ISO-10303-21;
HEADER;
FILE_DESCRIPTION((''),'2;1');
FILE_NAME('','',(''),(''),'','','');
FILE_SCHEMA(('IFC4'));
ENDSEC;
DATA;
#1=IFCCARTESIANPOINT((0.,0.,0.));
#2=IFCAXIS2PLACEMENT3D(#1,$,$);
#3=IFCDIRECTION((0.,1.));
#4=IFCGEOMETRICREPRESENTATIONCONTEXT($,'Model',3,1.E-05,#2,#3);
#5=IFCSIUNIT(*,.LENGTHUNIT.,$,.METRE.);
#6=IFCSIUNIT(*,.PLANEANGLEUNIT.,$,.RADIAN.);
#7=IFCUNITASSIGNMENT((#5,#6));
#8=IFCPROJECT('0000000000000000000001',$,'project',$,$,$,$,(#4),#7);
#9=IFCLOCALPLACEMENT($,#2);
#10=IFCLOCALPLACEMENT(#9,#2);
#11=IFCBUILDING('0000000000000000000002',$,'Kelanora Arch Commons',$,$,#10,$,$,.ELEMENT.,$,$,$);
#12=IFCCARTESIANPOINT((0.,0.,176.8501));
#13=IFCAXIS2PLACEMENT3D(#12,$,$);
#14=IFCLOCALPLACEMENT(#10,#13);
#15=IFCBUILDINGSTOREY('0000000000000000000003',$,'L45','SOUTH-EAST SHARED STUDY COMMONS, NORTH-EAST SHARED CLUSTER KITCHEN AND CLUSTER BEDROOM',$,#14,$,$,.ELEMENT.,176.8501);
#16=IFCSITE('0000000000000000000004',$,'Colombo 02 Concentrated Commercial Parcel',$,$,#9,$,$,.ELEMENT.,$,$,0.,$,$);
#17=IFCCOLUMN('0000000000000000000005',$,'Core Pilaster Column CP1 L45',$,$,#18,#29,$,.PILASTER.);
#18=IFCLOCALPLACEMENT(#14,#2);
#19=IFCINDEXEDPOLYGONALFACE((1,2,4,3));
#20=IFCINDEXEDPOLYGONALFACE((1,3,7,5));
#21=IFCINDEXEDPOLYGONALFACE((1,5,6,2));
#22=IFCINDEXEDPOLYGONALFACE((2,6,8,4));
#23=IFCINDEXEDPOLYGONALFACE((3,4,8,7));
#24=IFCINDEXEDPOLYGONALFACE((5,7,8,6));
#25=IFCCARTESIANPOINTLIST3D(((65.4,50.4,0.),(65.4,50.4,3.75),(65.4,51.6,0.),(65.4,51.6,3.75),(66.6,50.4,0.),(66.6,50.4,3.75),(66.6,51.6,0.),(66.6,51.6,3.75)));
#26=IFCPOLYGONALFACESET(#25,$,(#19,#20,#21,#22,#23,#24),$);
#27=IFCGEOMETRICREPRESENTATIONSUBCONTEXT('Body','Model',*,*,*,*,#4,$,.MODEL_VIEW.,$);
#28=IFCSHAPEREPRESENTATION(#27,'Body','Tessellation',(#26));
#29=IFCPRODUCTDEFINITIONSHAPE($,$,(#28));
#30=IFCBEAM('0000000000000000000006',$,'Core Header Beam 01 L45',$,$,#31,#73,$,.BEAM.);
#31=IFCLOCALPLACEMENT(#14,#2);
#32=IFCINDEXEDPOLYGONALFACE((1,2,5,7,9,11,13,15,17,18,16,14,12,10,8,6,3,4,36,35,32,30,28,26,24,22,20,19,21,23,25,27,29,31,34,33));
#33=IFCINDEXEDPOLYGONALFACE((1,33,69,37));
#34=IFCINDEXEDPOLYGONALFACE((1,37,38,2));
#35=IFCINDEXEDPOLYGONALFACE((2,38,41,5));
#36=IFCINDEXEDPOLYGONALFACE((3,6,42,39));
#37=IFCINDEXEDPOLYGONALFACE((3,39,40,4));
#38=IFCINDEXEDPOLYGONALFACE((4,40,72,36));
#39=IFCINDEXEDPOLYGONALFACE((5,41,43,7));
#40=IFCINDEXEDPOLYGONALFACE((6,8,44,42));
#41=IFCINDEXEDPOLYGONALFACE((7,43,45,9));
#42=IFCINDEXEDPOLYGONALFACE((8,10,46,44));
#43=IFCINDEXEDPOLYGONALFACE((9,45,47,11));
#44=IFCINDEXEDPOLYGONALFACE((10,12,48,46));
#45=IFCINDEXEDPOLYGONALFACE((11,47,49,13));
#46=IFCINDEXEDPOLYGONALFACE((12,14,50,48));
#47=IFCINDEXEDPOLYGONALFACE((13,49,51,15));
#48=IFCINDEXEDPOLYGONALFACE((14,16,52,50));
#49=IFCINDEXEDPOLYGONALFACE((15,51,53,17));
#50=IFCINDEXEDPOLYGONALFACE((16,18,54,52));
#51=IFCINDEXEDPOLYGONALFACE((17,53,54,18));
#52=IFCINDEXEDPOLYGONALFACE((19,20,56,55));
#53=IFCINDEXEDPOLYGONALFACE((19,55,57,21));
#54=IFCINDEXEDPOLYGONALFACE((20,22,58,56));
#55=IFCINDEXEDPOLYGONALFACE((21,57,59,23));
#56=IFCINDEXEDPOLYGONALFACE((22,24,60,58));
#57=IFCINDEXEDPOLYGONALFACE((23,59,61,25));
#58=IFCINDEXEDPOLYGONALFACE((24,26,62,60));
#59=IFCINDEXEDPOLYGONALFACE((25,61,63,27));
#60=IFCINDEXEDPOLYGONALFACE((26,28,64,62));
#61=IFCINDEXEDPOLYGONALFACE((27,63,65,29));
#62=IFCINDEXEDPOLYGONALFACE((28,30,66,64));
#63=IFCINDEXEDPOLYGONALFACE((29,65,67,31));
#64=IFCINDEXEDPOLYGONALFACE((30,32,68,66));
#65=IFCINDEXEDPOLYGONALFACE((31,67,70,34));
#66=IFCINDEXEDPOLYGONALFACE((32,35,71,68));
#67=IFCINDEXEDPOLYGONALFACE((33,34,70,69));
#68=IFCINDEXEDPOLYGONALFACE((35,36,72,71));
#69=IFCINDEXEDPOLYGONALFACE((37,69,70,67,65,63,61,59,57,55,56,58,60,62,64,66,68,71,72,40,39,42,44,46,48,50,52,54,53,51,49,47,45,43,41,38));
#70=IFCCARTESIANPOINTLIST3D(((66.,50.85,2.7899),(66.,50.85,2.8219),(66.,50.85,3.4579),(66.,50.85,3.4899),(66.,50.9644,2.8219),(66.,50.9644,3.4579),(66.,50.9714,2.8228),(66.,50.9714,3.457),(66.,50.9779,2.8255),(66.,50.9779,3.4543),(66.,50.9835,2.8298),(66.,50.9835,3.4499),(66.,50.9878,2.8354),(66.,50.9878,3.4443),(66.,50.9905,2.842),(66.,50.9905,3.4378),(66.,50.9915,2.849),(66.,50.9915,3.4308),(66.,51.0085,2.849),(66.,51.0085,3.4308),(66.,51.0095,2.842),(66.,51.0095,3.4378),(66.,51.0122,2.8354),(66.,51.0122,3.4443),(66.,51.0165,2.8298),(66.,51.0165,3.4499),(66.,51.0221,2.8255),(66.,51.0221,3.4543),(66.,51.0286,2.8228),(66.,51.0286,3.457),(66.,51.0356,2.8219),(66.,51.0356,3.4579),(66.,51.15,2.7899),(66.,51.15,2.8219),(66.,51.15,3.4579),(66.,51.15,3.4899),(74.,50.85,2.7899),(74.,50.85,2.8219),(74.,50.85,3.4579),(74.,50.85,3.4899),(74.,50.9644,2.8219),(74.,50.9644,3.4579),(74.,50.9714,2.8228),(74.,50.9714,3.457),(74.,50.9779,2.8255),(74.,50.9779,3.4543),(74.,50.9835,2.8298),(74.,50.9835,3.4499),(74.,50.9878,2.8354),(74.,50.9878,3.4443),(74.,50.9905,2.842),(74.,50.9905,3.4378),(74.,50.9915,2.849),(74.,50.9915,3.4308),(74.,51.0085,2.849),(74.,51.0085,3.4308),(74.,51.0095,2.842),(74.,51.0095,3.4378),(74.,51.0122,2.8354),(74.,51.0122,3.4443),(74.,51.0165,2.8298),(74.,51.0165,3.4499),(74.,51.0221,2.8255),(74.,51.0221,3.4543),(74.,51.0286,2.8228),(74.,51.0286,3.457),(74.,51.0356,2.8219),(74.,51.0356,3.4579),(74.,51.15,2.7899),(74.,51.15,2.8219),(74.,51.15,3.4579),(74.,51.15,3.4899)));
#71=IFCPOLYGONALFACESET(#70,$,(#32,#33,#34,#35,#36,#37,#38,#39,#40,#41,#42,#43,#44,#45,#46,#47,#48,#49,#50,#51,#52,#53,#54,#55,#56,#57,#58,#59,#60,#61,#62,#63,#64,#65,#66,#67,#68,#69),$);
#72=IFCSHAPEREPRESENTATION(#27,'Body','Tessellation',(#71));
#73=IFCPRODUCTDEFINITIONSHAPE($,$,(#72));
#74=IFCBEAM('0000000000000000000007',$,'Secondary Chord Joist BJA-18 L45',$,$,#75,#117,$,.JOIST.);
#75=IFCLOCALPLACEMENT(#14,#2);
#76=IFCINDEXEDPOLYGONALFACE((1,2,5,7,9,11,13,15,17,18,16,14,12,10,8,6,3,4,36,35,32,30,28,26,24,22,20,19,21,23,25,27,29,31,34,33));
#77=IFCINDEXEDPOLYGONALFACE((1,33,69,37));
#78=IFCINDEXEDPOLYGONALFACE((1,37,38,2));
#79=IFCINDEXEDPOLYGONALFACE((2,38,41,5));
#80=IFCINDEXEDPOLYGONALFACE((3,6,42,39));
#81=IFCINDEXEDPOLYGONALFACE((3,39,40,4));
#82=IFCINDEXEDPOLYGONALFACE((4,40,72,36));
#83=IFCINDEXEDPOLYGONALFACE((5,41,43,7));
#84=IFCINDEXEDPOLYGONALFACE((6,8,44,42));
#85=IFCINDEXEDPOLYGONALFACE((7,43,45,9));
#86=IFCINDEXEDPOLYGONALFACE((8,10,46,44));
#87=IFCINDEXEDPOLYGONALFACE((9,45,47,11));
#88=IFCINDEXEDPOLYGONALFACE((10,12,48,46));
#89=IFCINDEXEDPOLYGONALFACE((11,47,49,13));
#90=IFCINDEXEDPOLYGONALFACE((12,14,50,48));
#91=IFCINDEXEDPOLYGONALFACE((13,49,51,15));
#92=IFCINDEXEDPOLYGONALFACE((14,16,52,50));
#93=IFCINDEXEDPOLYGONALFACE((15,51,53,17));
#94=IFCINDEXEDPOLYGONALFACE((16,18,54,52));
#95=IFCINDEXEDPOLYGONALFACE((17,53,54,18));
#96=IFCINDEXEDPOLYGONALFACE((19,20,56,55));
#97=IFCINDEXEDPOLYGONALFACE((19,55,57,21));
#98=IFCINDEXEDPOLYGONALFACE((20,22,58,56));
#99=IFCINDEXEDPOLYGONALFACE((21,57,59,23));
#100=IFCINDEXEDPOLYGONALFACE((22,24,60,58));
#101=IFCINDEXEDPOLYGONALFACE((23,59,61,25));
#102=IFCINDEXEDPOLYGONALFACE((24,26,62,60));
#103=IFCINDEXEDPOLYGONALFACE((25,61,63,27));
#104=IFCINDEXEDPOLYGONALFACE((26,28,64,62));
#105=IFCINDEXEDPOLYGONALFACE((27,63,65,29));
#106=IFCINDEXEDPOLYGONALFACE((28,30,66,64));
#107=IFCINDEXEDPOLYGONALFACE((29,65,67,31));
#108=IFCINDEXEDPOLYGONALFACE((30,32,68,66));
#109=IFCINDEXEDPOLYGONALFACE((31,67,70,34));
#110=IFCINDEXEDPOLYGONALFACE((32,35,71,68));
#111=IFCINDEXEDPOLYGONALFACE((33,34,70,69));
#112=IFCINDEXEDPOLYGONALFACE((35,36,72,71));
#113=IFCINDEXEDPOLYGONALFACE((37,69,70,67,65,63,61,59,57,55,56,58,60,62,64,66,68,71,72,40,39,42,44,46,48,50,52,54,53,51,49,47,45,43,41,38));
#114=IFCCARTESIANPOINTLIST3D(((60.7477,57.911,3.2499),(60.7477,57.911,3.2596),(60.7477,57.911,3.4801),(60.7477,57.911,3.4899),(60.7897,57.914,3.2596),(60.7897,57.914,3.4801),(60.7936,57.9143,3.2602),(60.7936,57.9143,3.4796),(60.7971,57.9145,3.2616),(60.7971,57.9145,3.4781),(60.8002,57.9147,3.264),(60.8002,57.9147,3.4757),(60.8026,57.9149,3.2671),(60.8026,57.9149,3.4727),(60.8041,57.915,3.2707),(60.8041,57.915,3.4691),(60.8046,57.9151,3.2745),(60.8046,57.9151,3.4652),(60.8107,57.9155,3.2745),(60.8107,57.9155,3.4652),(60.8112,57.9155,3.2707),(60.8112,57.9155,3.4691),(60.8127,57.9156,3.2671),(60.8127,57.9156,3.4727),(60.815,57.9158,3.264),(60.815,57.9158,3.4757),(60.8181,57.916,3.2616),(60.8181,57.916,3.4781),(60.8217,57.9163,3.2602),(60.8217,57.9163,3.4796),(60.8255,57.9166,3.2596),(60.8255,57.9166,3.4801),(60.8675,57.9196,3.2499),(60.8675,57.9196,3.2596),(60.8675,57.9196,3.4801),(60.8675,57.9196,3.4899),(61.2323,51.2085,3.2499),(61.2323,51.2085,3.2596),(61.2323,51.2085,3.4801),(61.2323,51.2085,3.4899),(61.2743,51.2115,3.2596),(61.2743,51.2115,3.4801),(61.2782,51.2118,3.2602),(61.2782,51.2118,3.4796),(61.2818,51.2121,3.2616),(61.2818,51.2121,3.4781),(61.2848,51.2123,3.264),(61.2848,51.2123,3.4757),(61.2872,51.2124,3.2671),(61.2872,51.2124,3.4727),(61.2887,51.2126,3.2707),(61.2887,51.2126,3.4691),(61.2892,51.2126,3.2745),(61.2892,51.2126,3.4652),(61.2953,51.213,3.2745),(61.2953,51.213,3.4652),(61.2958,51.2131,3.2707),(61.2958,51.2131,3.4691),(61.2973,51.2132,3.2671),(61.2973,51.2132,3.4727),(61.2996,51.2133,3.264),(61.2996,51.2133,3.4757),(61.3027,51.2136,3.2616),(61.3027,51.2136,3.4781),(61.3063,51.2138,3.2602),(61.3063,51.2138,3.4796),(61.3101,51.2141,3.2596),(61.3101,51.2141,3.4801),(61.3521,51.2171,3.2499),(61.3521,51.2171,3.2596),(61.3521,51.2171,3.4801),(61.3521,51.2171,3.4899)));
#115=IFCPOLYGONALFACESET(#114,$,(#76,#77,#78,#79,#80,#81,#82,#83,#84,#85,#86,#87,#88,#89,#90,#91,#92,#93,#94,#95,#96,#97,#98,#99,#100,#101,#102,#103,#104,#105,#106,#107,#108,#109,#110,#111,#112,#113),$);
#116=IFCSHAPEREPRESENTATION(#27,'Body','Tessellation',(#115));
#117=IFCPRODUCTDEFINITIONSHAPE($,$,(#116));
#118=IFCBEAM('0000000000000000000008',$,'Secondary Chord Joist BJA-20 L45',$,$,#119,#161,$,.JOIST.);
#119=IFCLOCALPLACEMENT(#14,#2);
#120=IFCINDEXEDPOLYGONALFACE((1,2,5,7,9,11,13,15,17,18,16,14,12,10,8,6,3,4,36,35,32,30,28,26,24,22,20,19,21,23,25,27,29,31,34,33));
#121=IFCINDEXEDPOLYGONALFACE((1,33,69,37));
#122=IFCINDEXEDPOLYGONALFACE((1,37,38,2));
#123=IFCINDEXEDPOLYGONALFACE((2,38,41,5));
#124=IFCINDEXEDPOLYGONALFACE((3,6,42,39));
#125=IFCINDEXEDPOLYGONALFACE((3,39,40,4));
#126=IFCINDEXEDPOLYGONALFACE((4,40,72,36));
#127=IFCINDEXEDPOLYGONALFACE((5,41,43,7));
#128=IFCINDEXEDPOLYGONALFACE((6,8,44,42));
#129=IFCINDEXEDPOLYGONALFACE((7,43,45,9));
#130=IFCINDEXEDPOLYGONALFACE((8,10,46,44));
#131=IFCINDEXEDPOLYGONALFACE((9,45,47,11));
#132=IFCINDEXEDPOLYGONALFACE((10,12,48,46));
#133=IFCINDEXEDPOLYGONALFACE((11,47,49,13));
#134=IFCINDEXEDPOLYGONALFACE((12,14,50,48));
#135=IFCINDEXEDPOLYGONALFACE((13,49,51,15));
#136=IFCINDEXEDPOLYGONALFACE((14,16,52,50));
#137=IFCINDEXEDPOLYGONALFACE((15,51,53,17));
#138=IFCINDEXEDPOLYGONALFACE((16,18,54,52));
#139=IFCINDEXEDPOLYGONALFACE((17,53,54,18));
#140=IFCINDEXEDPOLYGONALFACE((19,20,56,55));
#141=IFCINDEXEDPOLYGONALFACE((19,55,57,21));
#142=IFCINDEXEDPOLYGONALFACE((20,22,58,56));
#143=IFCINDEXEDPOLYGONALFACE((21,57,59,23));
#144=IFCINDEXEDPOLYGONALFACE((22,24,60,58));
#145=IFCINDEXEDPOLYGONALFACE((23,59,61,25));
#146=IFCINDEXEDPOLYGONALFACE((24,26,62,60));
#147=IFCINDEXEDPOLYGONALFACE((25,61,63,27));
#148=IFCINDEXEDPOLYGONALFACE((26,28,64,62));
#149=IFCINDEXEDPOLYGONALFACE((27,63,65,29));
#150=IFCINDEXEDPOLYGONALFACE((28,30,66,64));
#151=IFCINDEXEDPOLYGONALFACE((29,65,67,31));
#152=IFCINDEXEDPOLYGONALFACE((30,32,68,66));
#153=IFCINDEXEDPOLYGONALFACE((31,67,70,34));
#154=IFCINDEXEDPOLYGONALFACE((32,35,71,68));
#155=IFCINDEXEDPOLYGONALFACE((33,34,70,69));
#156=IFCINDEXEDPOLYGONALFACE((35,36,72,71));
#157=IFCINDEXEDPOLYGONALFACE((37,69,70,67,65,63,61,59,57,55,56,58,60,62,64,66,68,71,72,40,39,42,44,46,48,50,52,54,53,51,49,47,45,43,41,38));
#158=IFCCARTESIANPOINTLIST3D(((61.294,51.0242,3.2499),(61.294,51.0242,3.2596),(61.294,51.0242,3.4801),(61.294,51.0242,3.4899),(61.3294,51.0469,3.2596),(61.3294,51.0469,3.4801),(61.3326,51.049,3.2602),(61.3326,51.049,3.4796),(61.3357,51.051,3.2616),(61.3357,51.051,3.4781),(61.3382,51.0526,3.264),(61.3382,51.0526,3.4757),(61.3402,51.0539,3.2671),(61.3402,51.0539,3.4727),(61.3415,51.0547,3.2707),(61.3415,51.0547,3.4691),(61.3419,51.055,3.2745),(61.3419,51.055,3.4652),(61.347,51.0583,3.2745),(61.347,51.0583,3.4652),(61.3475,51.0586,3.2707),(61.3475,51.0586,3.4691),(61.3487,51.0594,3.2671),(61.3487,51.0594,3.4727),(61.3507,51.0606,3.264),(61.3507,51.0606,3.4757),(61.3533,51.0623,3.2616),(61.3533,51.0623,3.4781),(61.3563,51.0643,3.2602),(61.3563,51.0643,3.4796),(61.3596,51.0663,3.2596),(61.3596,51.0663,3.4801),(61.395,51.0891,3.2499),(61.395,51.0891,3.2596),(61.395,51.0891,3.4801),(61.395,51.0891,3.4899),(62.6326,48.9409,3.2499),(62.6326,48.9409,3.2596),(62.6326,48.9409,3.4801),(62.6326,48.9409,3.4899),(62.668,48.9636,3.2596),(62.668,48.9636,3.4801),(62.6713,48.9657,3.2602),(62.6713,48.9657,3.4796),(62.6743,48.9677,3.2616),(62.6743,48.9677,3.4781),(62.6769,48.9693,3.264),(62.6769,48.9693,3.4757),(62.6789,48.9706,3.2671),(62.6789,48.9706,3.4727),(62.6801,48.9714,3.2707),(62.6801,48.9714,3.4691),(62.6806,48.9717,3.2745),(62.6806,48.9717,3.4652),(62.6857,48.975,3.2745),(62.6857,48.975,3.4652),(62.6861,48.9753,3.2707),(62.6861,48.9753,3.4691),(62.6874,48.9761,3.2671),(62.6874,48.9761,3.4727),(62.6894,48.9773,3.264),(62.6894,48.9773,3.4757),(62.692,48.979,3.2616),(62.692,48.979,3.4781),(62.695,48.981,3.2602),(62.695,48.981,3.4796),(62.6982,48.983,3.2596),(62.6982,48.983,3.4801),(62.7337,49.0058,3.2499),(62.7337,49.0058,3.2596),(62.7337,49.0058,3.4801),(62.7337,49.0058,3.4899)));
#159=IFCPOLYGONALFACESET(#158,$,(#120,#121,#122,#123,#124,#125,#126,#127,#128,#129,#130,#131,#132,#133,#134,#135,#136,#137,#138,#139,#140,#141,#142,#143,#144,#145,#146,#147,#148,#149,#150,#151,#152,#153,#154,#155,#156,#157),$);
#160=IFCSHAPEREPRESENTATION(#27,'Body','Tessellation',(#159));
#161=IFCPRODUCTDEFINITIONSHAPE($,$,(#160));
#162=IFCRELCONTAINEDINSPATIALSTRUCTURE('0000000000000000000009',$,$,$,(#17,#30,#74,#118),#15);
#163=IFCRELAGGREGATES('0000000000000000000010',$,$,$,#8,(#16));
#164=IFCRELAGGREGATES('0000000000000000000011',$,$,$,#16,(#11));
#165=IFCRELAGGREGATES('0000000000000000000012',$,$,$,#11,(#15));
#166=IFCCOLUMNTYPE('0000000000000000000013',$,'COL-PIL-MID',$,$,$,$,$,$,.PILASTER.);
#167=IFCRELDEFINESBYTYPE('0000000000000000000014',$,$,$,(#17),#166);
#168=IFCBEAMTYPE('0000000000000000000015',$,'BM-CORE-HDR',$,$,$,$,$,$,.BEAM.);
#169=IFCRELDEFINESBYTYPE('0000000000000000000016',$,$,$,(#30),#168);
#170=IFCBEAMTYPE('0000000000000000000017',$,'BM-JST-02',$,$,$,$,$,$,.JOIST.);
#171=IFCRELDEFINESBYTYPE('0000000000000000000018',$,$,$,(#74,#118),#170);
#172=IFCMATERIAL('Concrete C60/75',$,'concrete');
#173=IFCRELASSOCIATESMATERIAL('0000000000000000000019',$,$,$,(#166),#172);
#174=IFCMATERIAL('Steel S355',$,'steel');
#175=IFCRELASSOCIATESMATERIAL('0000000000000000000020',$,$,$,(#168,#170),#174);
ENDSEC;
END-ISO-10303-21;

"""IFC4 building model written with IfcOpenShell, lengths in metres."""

from ifc_helpers import new_model, si_unit, direction, frame, origin, origin_2d, place, context, subcontext, project, spatial, rectangle, i_section, extrude, material, material_profile, profile_set, type_object, element, save


model = new_model("IFC4")

# Units and contexts
model_context = context("Model", 3, precision=1e-05, world=origin(), true_north=direction((0.0, 1.0)))
body_context = subcontext(model_context, "Body", "Model", "MODEL_VIEW")
ifc_project = project(units=[si_unit("LENGTHUNIT", "METRE"), si_unit("PLANEANGLEUNIT", "RADIAN")], contexts=[model_context])

# Site, building, storey
site_placement = place(None, origin())
site = spatial("IfcSite", under=ifc_project, at=site_placement, Name="Colombo 02 Concentrated Commercial Parcel", CompositionType="ELEMENT", RefElevation=0.0)
building_placement = place(site_placement, origin())
building = spatial("IfcBuilding", under=site, at=building_placement, Name="Kelanora Arch Commons", CompositionType="ELEMENT")
storey_placement = place(building_placement, frame((0.0, 0.0, 176.8501)))
storey = spatial("IfcBuildingStorey", under=building, at=storey_placement, Name="L45", Description="SOUTH-EAST SHARED STUDY COMMONS, NORTH-EAST SHARED CLUSTER KITCHEN AND CLUSTER BEDROOM", CompositionType="ELEMENT", Elevation=176.8501)

# Column
ifc_material_1 = material(Name="Concrete C60/75", Category="concrete")
ifc_material_profile_1 = material_profile(ifc_material_1, rectangle(XDim=1.2, YDim=1.2, at=origin_2d()), Name="RC1200x1200")
ifc_profile_set_1 = profile_set([ifc_material_profile_1], Name="Concrete C60/75")
column_type = type_object("IfcColumnType", Name="COL-PIL-MID", PredefinedType="PILASTER", material=ifc_profile_set_1)
column_placement = place(storey_placement, frame((66.0, 51.0, 0.0), z_axis=(0.0, 0.0, 1.0), x_axis=(1.0, 0.0, 0.0)))
element("IfcColumn", 1, at=column_placement, inside=storey, type_object=column_type, Name="Core Pilaster Column CP1 L45", PredefinedType="PILASTER", context=body_context, shape_type="SweptSolid", body=[
    extrude(rectangle(XDim=1.2, YDim=1.2, at=origin_2d()), origin(), (0.0, 0.0, 1.0), 3.75),
])

# Beams
ifc_material_2 = material(Name="Steel S355", Category="steel")
ifc_material_profile_2 = material_profile(ifc_material_2, i_section(OverallWidth=0.3, OverallDepth=0.7, WebThickness=0.0171, FlangeThickness=0.032, FilletRadius=0.0271, at=origin_2d()), Name="HEB700")
ifc_profile_set_2 = profile_set([ifc_material_profile_2], Name="Steel S355")
beam_type_1 = type_object("IfcBeamType", Name="BM-CORE-HDR", PredefinedType="BEAM", material=ifc_profile_set_2)
beam_1_placement = place(storey_placement, frame((66.0, 51.0, 3.1399), z_axis=(1.0, 0.0, 0.0), x_axis=(0.0, 1.0, 0.0)))
element("IfcBeam", 2, at=beam_1_placement, inside=storey, type_object=beam_type_1, Name="Core Header Beam 01 L45", PredefinedType="BEAM", context=body_context, shape_type="SweptSolid", body=[
    extrude(i_section(OverallWidth=0.3, OverallDepth=0.7, WebThickness=0.0171, FlangeThickness=0.032, FilletRadius=0.0271, at=origin_2d()), origin(), (0.0, 0.0, 1.0), 8.0),
])
ifc_material_profile_3 = material_profile(ifc_material_2, i_section(OverallWidth=0.1201, OverallDepth=0.24, WebThickness=0.0061, FlangeThickness=0.0098, FilletRadius=0.0149, at=origin_2d()), Name="IPE240")
ifc_profile_set_3 = profile_set([ifc_material_profile_3], Name="Steel S355")
beam_type_2 = type_object("IfcBeamType", Name="BM-JST-02", PredefinedType="JOIST", material=ifc_profile_set_3)
beam_2_placement = place(storey_placement, frame((60.8076, 57.9153, 3.3699), z_axis=(0.072117, -0.997396, 0.0), x_axis=(0.997396, 0.072117, 0.0)))
element("IfcBeam", 3, at=beam_2_placement, inside=storey, type_object=beam_type_2, Name="Secondary Chord Joist BJA-18 L45", PredefinedType="JOIST", context=body_context, shape_type="SweptSolid", body=[
    extrude(i_section(OverallWidth=0.1201, OverallDepth=0.24, WebThickness=0.0061, FlangeThickness=0.0098, FilletRadius=0.0149, at=origin_2d()), origin(), (0.0, 0.0, 1.0), 6.72),
])
beam_3_placement = place(storey_placement, frame((61.3445, 51.0566, 3.3699), z_axis=(0.540583, -0.841291, 0.0), x_axis=(0.841291, 0.540583, 0.0)))
element("IfcBeam", 4, at=beam_3_placement, inside=storey, type_object=beam_type_2, Name="Secondary Chord Joist BJA-20 L45", PredefinedType="JOIST", context=body_context, shape_type="SweptSolid", body=[
    extrude(i_section(OverallWidth=0.1201, OverallDepth=0.24, WebThickness=0.0061, FlangeThickness=0.0098, FilletRadius=0.0149, at=origin_2d()), origin(), (0.0, 0.0, 1.0), 2.4763),
])

save(model, "model.ifc")
